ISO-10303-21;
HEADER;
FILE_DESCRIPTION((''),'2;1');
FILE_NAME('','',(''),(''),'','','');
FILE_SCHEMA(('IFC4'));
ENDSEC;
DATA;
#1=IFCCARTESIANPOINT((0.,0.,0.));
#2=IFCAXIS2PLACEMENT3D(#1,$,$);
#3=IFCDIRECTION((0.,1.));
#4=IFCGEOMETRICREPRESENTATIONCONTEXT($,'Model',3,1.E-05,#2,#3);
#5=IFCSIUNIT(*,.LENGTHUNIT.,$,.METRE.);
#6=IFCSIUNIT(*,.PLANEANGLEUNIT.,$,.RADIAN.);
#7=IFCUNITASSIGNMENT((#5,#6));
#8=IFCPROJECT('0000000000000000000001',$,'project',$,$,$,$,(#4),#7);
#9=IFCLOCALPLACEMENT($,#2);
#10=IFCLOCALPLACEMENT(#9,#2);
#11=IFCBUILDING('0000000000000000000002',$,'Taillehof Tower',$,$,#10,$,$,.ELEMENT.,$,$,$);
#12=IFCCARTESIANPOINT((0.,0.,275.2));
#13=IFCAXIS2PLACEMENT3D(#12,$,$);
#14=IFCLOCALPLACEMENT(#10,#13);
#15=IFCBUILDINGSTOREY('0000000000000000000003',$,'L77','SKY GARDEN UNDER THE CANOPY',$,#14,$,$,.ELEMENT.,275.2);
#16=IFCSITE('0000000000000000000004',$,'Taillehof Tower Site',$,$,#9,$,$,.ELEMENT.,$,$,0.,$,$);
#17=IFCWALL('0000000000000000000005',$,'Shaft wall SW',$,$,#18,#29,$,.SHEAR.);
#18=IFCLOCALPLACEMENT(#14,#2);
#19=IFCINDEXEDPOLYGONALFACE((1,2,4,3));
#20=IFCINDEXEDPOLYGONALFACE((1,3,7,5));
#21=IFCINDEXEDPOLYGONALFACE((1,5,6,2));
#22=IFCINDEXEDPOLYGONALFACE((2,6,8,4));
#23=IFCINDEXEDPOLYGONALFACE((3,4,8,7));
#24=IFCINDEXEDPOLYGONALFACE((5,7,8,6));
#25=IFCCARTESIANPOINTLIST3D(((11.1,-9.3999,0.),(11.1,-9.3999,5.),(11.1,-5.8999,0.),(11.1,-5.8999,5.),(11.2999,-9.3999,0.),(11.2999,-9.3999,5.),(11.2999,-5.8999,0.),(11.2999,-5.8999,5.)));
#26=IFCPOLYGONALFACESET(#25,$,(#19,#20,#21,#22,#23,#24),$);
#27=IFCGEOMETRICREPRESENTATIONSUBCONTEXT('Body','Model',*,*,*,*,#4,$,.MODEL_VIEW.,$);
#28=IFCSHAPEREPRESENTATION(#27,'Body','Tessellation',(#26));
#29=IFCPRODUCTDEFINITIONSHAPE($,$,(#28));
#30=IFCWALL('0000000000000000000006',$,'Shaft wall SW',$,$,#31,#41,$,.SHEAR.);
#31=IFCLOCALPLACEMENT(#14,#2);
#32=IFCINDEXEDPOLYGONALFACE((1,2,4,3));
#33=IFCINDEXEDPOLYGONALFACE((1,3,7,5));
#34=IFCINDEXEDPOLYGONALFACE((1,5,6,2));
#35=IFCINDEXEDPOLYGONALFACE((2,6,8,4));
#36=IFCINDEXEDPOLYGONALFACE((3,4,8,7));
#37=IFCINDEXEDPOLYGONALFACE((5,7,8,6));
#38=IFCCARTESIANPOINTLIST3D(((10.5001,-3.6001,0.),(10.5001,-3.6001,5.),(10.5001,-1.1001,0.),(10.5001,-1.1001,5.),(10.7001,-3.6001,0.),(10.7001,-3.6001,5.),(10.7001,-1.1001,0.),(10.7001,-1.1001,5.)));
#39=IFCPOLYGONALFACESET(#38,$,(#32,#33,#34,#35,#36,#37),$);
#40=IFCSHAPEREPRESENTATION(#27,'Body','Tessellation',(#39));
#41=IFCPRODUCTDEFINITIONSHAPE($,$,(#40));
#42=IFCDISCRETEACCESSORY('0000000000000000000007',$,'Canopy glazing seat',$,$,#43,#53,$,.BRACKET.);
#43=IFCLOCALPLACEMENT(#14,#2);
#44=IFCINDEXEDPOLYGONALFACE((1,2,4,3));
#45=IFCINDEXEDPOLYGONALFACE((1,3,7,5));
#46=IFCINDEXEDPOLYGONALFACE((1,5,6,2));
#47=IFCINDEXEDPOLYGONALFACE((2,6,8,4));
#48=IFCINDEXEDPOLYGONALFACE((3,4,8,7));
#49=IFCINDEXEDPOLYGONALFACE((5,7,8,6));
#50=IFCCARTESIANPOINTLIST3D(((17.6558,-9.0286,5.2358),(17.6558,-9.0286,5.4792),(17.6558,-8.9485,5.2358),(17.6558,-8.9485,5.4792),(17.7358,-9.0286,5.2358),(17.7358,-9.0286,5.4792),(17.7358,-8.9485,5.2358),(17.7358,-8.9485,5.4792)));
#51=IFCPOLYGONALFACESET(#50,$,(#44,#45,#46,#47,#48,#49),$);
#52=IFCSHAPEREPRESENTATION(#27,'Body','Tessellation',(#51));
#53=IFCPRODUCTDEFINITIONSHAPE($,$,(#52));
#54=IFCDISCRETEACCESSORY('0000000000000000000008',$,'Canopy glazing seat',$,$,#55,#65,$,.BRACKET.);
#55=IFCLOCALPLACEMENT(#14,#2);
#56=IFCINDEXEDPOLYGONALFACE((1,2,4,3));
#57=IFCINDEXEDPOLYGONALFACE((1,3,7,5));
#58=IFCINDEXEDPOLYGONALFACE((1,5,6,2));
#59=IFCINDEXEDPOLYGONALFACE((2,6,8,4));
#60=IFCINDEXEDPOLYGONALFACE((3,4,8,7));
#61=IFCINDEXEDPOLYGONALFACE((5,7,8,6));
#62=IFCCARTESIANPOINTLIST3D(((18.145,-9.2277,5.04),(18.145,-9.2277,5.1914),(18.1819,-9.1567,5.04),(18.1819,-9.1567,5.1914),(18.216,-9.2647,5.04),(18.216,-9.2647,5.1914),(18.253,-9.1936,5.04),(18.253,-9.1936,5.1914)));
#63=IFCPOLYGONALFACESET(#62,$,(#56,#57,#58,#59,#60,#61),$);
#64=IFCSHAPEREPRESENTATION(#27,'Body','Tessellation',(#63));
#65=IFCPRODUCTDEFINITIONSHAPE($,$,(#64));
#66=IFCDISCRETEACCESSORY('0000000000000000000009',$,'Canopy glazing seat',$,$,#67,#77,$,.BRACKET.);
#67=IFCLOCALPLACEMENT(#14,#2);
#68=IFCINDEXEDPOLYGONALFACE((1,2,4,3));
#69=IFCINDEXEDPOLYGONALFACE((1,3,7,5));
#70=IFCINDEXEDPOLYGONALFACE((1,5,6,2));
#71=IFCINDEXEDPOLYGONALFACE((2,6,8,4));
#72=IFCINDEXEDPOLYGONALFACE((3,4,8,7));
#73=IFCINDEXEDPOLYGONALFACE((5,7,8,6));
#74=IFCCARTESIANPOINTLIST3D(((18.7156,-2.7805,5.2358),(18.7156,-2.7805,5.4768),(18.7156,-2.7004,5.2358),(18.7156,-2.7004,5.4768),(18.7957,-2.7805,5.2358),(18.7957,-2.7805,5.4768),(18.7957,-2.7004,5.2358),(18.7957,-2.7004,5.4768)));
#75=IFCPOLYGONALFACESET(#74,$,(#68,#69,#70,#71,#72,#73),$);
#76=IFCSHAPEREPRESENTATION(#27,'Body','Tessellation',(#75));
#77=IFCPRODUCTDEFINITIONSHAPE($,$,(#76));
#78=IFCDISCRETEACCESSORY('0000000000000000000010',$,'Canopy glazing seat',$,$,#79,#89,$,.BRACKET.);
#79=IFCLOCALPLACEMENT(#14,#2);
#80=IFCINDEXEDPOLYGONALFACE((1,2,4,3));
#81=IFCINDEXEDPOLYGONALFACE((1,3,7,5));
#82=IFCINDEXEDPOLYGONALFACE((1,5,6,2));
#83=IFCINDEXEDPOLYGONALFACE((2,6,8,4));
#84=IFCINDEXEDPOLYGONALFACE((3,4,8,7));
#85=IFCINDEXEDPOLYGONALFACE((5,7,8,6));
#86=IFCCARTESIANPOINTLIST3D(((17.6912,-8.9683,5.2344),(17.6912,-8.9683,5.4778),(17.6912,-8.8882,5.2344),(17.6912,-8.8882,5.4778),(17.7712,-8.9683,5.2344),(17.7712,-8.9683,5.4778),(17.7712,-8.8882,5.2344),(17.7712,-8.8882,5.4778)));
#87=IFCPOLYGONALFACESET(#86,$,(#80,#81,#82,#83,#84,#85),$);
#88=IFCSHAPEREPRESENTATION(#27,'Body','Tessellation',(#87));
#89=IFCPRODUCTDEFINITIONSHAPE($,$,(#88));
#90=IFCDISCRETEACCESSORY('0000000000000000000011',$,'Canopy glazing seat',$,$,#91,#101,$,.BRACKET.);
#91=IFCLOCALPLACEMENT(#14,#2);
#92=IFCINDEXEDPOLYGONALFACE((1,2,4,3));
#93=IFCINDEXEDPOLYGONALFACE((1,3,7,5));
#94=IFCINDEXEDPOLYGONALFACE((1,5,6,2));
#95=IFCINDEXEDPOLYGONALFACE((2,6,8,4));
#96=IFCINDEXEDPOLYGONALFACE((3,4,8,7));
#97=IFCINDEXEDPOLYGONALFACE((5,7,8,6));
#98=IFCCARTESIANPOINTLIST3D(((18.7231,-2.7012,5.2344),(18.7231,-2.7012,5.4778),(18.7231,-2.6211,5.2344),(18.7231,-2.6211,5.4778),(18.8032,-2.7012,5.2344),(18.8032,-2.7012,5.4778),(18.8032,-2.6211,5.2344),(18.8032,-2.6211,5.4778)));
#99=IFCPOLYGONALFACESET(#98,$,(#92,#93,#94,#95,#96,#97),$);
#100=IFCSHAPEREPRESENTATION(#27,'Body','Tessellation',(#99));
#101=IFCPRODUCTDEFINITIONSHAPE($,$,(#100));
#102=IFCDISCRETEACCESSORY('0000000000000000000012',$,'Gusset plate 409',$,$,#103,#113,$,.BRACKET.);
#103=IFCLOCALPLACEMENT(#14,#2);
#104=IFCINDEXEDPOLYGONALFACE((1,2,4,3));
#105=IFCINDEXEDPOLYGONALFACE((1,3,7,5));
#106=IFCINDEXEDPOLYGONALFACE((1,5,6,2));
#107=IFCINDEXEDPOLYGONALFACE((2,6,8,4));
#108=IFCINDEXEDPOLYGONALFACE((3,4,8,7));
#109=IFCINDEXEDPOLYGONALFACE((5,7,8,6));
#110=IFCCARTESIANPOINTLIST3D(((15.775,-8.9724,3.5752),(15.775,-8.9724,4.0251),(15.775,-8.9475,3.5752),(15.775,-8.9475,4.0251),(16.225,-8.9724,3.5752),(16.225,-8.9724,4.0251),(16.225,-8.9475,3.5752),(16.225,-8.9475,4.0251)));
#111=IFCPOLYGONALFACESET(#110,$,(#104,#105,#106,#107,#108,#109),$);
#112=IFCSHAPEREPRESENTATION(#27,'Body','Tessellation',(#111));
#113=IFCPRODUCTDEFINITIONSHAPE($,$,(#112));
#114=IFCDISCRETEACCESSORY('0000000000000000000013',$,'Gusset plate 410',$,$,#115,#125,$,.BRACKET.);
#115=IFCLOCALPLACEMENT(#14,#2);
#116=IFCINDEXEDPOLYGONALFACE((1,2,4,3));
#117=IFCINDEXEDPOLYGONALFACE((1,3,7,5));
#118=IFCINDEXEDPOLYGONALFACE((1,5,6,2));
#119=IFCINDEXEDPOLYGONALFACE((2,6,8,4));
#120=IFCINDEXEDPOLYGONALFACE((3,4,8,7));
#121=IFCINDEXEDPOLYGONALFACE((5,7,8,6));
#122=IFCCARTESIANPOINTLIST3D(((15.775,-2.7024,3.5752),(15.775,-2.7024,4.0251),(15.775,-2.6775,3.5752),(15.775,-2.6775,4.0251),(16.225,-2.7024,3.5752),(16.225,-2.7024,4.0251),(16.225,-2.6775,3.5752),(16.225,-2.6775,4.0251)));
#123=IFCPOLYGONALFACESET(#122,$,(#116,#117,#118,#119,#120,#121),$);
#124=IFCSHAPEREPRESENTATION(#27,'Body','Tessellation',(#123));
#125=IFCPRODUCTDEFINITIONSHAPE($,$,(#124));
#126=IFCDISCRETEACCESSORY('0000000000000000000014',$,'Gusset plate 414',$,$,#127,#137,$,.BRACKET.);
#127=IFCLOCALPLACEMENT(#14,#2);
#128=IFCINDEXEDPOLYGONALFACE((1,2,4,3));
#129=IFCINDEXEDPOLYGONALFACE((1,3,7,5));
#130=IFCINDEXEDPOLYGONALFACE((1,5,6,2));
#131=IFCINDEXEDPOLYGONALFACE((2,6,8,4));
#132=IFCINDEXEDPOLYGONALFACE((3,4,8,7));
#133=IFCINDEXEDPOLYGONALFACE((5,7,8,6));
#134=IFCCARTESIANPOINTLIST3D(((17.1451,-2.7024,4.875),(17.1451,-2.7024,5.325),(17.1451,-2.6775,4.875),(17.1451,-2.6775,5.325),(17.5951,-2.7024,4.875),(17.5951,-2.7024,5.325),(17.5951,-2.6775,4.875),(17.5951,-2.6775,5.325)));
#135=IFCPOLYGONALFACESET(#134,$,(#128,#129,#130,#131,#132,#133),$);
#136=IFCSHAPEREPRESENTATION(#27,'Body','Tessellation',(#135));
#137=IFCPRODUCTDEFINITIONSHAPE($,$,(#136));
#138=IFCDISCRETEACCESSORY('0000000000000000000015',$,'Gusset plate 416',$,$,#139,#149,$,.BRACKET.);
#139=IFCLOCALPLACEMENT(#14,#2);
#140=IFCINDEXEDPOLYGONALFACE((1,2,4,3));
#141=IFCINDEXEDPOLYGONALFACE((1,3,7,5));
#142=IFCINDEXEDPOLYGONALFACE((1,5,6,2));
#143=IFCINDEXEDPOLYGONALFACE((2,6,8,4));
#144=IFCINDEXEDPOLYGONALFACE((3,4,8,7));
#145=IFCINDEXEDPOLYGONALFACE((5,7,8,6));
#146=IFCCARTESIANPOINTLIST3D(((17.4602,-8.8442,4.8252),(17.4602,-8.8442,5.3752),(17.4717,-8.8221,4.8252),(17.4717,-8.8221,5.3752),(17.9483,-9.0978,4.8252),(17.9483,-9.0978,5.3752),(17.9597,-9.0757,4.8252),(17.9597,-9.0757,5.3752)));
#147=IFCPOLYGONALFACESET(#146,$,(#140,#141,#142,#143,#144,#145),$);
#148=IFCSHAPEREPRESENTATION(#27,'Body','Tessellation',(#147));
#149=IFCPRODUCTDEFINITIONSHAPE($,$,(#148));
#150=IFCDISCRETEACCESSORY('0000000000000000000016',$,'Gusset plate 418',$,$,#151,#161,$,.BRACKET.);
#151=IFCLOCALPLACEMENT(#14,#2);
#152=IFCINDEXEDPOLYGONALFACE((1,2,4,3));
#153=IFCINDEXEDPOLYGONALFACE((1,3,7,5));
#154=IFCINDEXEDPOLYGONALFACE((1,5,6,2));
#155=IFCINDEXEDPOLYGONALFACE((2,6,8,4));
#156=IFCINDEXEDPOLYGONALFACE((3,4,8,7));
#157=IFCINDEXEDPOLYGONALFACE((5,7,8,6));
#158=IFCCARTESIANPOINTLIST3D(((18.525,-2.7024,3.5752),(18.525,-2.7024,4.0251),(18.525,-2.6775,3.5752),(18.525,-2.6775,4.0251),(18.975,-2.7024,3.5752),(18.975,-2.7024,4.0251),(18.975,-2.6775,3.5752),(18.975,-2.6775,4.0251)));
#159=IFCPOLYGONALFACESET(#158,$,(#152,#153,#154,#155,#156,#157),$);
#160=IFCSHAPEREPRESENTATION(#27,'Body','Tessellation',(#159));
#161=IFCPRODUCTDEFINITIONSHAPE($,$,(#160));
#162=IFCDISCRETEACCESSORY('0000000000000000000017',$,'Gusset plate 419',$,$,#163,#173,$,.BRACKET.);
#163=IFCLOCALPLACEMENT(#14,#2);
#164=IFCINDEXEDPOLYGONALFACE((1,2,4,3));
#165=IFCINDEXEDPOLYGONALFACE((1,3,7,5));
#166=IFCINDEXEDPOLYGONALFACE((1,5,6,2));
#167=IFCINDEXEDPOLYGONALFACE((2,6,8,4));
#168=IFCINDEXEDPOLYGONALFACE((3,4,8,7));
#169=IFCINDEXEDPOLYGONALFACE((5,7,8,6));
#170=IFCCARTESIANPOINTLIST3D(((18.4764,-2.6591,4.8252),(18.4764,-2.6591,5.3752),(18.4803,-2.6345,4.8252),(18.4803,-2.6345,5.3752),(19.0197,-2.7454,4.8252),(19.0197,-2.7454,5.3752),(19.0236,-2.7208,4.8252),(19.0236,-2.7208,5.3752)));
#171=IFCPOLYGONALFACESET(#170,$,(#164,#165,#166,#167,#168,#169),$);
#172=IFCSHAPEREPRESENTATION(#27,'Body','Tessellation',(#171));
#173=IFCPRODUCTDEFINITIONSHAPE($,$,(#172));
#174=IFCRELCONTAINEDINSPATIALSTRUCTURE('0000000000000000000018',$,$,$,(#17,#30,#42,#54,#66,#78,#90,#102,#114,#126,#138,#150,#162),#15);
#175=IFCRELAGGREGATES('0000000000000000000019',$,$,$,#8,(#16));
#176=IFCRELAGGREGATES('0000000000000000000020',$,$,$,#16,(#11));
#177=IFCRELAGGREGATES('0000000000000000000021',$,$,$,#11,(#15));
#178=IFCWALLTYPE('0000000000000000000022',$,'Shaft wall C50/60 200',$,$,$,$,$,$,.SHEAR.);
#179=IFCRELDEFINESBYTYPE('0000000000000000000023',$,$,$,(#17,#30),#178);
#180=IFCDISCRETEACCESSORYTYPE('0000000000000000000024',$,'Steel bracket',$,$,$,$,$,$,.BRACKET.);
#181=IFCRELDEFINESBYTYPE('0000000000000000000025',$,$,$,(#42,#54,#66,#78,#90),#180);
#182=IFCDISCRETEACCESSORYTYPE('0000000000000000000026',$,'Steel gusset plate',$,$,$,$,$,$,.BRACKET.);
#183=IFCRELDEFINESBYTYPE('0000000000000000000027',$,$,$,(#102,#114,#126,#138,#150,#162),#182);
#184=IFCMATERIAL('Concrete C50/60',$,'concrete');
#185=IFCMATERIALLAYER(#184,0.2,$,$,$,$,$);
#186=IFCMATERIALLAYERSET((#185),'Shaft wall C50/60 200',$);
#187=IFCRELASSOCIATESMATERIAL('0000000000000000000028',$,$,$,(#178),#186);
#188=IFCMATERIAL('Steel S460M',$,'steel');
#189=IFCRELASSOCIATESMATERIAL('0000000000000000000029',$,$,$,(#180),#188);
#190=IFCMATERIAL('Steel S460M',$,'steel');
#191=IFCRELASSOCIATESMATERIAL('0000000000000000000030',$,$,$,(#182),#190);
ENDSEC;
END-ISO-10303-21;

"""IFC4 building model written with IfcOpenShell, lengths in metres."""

from ifc_helpers import new_model, si_unit, direction, frame, frame_2d, origin, origin_2d, place, context, subcontext, project, spatial, rectangle, extrude, material, layer, layer_set, type_object, element, save


model = new_model("IFC4")

# Units and contexts
model_context = context("Model", 3, precision=1e-05, world=origin(), true_north=direction((0.0, 1.0)))
body_context = subcontext(model_context, "Body", "Model", "MODEL_VIEW")
ifc_project = project(units=[si_unit("LENGTHUNIT", "METRE"), si_unit("PLANEANGLEUNIT", "RADIAN")], contexts=[model_context])

# Site, building, storey
site_placement = place(None, origin())
site = spatial("IfcSite", under=ifc_project, at=site_placement, Name="Taillehof Tower Site", CompositionType="ELEMENT", RefElevation=0.0)
building_placement = place(site_placement, origin())
building = spatial("IfcBuilding", under=site, at=building_placement, Name="Taillehof Tower", CompositionType="ELEMENT")
storey_placement = place(building_placement, frame((0.0, 0.0, 275.2)))
storey = spatial("IfcBuildingStorey", under=building, at=storey_placement, Name="L77", Description="SKY GARDEN UNDER THE CANOPY", CompositionType="ELEMENT", Elevation=275.2)

# Walls
ifc_material_1 = material(Name="Concrete C50/60", Category="concrete")
ifc_layer_1 = layer(ifc_material_1, 0.2)
ifc_layer_set_1 = layer_set([ifc_layer_1], Name="Shaft wall C50/60 200")
wall_type_1 = type_object("IfcWallType", Name="Shaft wall C50/60 200", PredefinedType="SHEAR", material=ifc_layer_set_1)
wall_1_placement = place(storey_placement, frame((11.2, -9.3999, 0.0), z_axis=(0.0, 0.0, 1.0), x_axis=(0.0, 1.0, 0.0)))
element("IfcWall", 1, at=wall_1_placement, inside=storey, type_object=wall_type_1, Name="Shaft wall SW", PredefinedType="SHEAR", context=body_context, shape_type="SweptSolid", body=[
    extrude(rectangle(XDim=3.5, YDim=0.2, at=frame_2d((1.75, 0.0))), origin(), (0.0, 0.0, 1.0), 5.0),
])
wall_2_placement = place(storey_placement, frame((10.6001, -3.6001, 0.0), z_axis=(0.0, 0.0, 1.0), x_axis=(0.0, 1.0, 0.0)))
element("IfcWall", 2, at=wall_2_placement, inside=storey, type_object=wall_type_1, Name="Shaft wall SW", PredefinedType="SHEAR", context=body_context, shape_type="SweptSolid", body=[
    extrude(rectangle(XDim=2.5, YDim=0.2, at=frame_2d((1.25, 0.0))), origin(), (0.0, 0.0, 1.0), 5.0),
])

# Discrete accessories
ifc_material_2 = material(Name="Steel S460M", Category="steel")
discrete_accessory_type_1 = type_object("IfcDiscreteAccessoryType", Name="Steel bracket", PredefinedType="BRACKET", material=ifc_material_2)
discrete_accessory_1_placement = place(storey_placement, frame((17.6958, -8.9885, 5.2358), z_axis=(0.0, 0.0, 1.0), x_axis=(1.0, 0.0, 0.0)))
element("IfcDiscreteAccessory", 3, at=discrete_accessory_1_placement, inside=storey, type_object=discrete_accessory_type_1, Name="Canopy glazing seat", PredefinedType="BRACKET", context=body_context, shape_type="SweptSolid", body=[
    extrude(rectangle(XDim=0.0801, YDim=0.0801, at=origin_2d()), origin(), (0.0, 0.0, 1.0), 0.2434),
])
discrete_accessory_2_placement = place(storey_placement, frame((18.199, -9.2107, 5.04), z_axis=(0.0, 0.0, 1.0), x_axis=(-0.887224, 0.461338, 0.0)))
element("IfcDiscreteAccessory", 4, at=discrete_accessory_2_placement, inside=storey, type_object=discrete_accessory_type_1, Name="Canopy glazing seat", PredefinedType="BRACKET", context=body_context, shape_type="SweptSolid", body=[
    extrude(rectangle(XDim=0.0801, YDim=0.0801, at=origin_2d()), origin(), (0.0, 0.0, 1.0), 0.1514),
])
discrete_accessory_3_placement = place(storey_placement, frame((18.7556, -2.7405, 5.2358), z_axis=(0.0, 0.0, 1.0), x_axis=(1.0, 0.0, 0.0)))
element("IfcDiscreteAccessory", 5, at=discrete_accessory_3_placement, inside=storey, type_object=discrete_accessory_type_1, Name="Canopy glazing seat", PredefinedType="BRACKET", context=body_context, shape_type="SweptSolid", body=[
    extrude(rectangle(XDim=0.0801, YDim=0.0801, at=origin_2d()), origin(), (0.0, 0.0, 1.0), 0.241),
])
for number, where, z_axis, x_axis, name in (
    (6, (17.7312, -8.9282, 5.2344), (0.0, 0.0, 1.0), (1.0, 0.0, 0.0), "Canopy glazing seat"),
    (7, (18.7632, -2.6611, 5.2344), (0.0, 0.0, 1.0), (1.0, 0.0, 0.0), "Canopy glazing seat"),
):
    element("IfcDiscreteAccessory", number, at=place(storey_placement, frame(where, z_axis=z_axis, x_axis=x_axis)), inside=storey, type_object=discrete_accessory_type_1, Name=name, PredefinedType="BRACKET", context=body_context, shape_type="SweptSolid", body=[
        extrude(rectangle(XDim=0.0801, YDim=0.0801, at=origin_2d()), origin(), (0.0, 0.0, 1.0), 0.2434),
    ])
ifc_material_3 = material(Name="Steel S460M", Category="steel")
discrete_accessory_type_2 = type_object("IfcDiscreteAccessoryType", Name="Steel gusset plate", PredefinedType="BRACKET", material=ifc_material_3)
for number, where, z_axis, x_axis, name in (
    (8, (16.0, -8.96, 3.5752), (0.0, 0.0, 1.0), (-1.0, 0.0, 0.0), "Gusset plate 409"),
    (9, (16.0, -2.6899, 3.5752), (0.0, 0.0, 1.0), (-1.0, 0.0, 0.0), "Gusset plate 410"),
    (10, (17.3701, -2.6899, 4.875), (0.0, 0.0, 1.0), (-1.0, 0.0, 0.0), "Gusset plate 414"),
):
    element("IfcDiscreteAccessory", number, at=place(storey_placement, frame(where, z_axis=z_axis, x_axis=x_axis)), inside=storey, type_object=discrete_accessory_type_2, Name=name, PredefinedType="BRACKET", context=body_context, shape_type="SweptSolid", body=[
        extrude(rectangle(XDim=0.45, YDim=0.0249, at=origin_2d()), origin(), (0.0, 0.0, 1.0), 0.45),
    ])
discrete_accessory_4_placement = place(storey_placement, frame((17.71, -8.96, 4.8252), z_axis=(0.0, 0.0, 1.0), x_axis=(-0.887311, 0.461171, 0.0)))
element("IfcDiscreteAccessory", 11, at=discrete_accessory_4_placement, inside=storey, type_object=discrete_accessory_type_2, Name="Gusset plate 416", PredefinedType="BRACKET", context=body_context, shape_type="SweptSolid", body=[
    extrude(rectangle(XDim=0.55, YDim=0.0249, at=origin_2d()), origin(), (0.0, 0.0, 1.0), 0.55),
])
discrete_accessory_5_placement = place(storey_placement, frame((18.75, -2.6899, 3.5752), z_axis=(0.0, 0.0, 1.0), x_axis=(-1.0, 0.0, 0.0)))
element("IfcDiscreteAccessory", 12, at=discrete_accessory_5_placement, inside=storey, type_object=discrete_accessory_type_2, Name="Gusset plate 418", PredefinedType="BRACKET", context=body_context, shape_type="SweptSolid", body=[
    extrude(rectangle(XDim=0.45, YDim=0.0249, at=origin_2d()), origin(), (0.0, 0.0, 1.0), 0.45),
])
discrete_accessory_6_placement = place(storey_placement, frame((18.75, -2.6899, 4.8252), z_axis=(0.0, 0.0, 1.0), x_axis=(-0.987636, 0.156765, 0.0)))
element("IfcDiscreteAccessory", 13, at=discrete_accessory_6_placement, inside=storey, type_object=discrete_accessory_type_2, Name="Gusset plate 419", PredefinedType="BRACKET", context=body_context, shape_type="SweptSolid", body=[
    extrude(rectangle(XDim=0.55, YDim=0.0249, at=origin_2d()), origin(), (0.0, 0.0, 1.0), 0.55),
])

save(model, "model.ifc")
